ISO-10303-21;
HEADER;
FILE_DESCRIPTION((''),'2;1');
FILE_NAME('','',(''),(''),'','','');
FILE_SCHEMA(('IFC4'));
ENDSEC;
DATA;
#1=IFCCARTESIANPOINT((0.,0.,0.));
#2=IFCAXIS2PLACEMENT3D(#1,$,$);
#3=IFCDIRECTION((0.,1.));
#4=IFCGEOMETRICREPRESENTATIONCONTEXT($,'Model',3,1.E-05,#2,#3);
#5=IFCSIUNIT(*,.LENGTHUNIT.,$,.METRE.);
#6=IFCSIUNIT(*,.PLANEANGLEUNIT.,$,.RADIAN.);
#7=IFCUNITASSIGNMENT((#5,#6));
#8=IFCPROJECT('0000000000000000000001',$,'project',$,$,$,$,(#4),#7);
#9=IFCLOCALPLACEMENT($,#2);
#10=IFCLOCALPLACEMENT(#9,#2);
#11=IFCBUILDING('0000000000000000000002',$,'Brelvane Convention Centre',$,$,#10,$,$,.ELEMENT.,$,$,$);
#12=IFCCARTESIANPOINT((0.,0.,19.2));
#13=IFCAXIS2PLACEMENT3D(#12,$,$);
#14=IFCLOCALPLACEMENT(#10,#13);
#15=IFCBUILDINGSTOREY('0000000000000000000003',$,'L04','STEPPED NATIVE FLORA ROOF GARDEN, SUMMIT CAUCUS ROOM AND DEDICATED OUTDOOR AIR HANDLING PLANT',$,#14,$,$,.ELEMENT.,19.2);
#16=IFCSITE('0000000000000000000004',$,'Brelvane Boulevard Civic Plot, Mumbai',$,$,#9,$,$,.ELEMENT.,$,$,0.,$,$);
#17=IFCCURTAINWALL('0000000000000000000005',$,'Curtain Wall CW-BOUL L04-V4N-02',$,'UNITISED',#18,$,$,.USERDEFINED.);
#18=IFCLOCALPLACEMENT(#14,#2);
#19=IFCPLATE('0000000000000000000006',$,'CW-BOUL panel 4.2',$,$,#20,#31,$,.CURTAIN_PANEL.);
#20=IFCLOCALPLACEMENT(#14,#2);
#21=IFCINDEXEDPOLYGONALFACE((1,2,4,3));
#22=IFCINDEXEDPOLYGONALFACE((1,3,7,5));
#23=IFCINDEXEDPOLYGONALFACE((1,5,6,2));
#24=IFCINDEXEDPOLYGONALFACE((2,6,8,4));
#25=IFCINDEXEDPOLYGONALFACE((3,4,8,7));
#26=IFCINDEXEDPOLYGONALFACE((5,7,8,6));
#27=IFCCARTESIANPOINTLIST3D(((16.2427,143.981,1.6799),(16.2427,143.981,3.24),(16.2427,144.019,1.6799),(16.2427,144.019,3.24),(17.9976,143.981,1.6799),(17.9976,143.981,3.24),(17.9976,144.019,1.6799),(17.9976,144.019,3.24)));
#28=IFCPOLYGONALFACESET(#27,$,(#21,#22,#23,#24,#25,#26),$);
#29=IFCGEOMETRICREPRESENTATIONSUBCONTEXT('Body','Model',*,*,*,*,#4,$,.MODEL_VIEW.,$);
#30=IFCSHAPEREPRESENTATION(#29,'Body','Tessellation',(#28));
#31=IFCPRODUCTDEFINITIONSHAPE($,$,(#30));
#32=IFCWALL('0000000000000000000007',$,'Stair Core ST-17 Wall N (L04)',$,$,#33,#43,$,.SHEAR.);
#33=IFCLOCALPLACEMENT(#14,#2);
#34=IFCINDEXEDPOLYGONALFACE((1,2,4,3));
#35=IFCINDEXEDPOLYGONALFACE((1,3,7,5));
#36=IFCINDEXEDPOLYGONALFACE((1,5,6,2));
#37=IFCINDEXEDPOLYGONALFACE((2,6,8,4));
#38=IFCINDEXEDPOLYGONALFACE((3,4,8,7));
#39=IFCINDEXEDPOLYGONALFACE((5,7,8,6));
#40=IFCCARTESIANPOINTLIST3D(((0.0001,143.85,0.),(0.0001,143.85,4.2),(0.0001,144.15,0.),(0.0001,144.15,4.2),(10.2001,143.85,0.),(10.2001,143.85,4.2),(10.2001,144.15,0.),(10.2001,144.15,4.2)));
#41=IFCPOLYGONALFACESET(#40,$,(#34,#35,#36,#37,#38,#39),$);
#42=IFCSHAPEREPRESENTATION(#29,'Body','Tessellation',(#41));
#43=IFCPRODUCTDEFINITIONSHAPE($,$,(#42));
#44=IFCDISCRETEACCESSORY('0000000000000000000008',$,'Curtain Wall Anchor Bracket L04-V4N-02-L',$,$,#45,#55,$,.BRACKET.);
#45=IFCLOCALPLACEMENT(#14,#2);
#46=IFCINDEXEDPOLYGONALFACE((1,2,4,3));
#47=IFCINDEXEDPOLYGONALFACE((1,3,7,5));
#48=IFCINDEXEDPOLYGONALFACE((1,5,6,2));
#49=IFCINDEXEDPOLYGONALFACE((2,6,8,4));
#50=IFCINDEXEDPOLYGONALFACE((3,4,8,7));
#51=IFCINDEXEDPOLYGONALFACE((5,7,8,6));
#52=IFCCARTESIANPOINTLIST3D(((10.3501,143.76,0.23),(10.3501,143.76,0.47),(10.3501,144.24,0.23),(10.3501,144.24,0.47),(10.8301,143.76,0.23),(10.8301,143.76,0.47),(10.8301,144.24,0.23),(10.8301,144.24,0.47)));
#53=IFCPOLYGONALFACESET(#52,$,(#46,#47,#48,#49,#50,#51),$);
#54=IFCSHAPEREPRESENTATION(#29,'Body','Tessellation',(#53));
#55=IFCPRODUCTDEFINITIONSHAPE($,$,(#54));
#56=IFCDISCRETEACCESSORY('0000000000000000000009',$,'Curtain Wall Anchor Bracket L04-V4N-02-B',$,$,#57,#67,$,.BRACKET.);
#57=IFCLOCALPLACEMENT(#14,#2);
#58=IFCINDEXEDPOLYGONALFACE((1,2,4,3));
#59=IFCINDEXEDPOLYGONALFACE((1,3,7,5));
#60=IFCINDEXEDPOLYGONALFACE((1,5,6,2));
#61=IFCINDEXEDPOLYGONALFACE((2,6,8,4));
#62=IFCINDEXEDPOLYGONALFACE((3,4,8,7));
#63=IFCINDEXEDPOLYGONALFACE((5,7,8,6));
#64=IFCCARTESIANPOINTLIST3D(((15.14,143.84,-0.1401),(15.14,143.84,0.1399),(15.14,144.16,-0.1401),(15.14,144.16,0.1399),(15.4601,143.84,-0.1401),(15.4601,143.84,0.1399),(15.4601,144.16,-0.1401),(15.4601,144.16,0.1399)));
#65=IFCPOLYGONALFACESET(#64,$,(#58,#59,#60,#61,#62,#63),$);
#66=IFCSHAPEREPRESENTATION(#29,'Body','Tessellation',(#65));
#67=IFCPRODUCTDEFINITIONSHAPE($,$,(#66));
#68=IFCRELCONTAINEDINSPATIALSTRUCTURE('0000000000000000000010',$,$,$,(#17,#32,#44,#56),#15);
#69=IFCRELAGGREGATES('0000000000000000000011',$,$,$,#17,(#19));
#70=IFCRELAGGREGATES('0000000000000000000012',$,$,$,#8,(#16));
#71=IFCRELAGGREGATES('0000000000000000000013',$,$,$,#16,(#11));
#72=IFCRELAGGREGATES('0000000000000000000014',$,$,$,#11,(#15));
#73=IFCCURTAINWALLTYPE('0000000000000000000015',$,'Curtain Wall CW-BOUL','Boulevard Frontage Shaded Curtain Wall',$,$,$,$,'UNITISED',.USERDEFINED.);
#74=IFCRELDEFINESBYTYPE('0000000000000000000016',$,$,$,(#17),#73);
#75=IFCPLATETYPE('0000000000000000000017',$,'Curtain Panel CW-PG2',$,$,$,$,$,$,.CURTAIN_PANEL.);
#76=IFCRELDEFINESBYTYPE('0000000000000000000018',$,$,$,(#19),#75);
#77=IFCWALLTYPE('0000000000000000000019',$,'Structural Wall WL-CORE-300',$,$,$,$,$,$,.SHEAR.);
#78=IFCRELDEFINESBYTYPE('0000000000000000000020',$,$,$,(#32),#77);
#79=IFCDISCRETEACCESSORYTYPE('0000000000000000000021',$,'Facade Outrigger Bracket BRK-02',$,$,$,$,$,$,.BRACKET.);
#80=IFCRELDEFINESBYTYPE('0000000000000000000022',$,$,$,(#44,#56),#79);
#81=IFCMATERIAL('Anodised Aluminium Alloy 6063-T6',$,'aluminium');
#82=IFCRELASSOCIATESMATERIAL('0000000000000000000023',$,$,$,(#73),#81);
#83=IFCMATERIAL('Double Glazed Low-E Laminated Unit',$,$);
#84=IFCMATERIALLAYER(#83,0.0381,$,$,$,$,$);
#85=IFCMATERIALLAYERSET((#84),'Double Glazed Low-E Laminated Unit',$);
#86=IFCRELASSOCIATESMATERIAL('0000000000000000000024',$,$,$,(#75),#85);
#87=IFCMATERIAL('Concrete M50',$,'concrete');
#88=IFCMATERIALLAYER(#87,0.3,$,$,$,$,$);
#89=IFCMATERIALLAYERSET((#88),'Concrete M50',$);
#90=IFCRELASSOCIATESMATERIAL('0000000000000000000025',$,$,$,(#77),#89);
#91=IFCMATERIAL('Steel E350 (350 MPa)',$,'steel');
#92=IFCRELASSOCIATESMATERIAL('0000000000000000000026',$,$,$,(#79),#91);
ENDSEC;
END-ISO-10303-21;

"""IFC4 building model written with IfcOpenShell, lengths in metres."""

from ifc_helpers import new_model, si_unit, direction, frame, frame_2d, origin, origin_2d, place, context, subcontext, project, spatial, rectangle, extrude, material, layer, layer_set, type_object, element, aggregate, save


model = new_model("IFC4")

# Units and contexts
model_context = context("Model", 3, precision=1e-05, world=origin(), true_north=direction((0.0, 1.0)))
body_context = subcontext(model_context, "Body", "Model", "MODEL_VIEW")
ifc_project = project(units=[si_unit("LENGTHUNIT", "METRE"), si_unit("PLANEANGLEUNIT", "RADIAN")], contexts=[model_context])

# Site, building, storey
site_placement = place(None, origin())
site = spatial("IfcSite", under=ifc_project, at=site_placement, Name="Brelvane Boulevard Civic Plot, Mumbai", CompositionType="ELEMENT", RefElevation=0.0)
building_placement = place(site_placement, origin())
building = spatial("IfcBuilding", under=site, at=building_placement, Name="Brelvane Convention Centre", CompositionType="ELEMENT")
storey_placement = place(building_placement, frame((0.0, 0.0, 19.2)))
storey = spatial("IfcBuildingStorey", under=building, at=storey_placement, Name="L04", Description="STEPPED NATIVE FLORA ROOF GARDEN, SUMMIT CAUCUS ROOM AND DEDICATED OUTDOOR AIR HANDLING PLANT", CompositionType="ELEMENT", Elevation=19.2)

# Curtain wall
ifc_material_1 = material(Name="Anodised Aluminium Alloy 6063-T6", Category="aluminium")
curtain_wall_type = type_object("IfcCurtainWallType", Name="Curtain Wall CW-BOUL", Description="Boulevard Frontage Shaded Curtain Wall", ElementType="UNITISED", PredefinedType="USERDEFINED", material=ifc_material_1)
curtain_wall_placement = place(storey_placement, origin())
curtain_wall = element("IfcCurtainWall", 1, at=curtain_wall_placement, inside=storey, type_object=curtain_wall_type, Name="Curtain Wall CW-BOUL L04-V4N-02", ObjectType="UNITISED", PredefinedType="USERDEFINED")

# Plate
ifc_material_2 = material(Name="Double Glazed Low-E Laminated Unit")
ifc_layer_1 = layer(ifc_material_2, 0.0381)
ifc_layer_set_1 = layer_set([ifc_layer_1], Name="Double Glazed Low-E Laminated Unit")
plate_type = type_object("IfcPlateType", Name="Curtain Panel CW-PG2", PredefinedType="CURTAIN_PANEL", material=ifc_layer_set_1)
plate_1_placement = place(storey_placement, frame((17.1201, 144.0, 1.6799), z_axis=(0.0, 0.0, 1.0), x_axis=(1.0, 0.0, 0.0)))
plate_1 = element("IfcPlate", 2, at=plate_1_placement, type_object=plate_type, Name="CW-BOUL panel 4.2", PredefinedType="CURTAIN_PANEL", context=body_context, shape_type="SweptSolid", body=[
    extrude(rectangle(XDim=1.7549, YDim=0.0381, at=origin_2d()), origin(), (0.0, 0.0, 1.0), 1.5601),
])
aggregate(curtain_wall, [plate_1])

# Wall
ifc_material_3 = material(Name="Concrete M50", Category="concrete")
ifc_layer_2 = layer(ifc_material_3, 0.3)
ifc_layer_set_2 = layer_set([ifc_layer_2], Name="Concrete M50")
wall_type = type_object("IfcWallType", Name="Structural Wall WL-CORE-300", PredefinedType="SHEAR", material=ifc_layer_set_2)
wall_placement = place(storey_placement, frame((0.0, 144.0, 0.0), z_axis=(0.0, 0.0, 1.0), x_axis=(1.0, 0.0, 0.0)))
element("IfcWall", 3, at=wall_placement, inside=storey, type_object=wall_type, Name="Stair Core ST-17 Wall N (L04)", PredefinedType="SHEAR", context=body_context, shape_type="SweptSolid", body=[
    extrude(rectangle(XDim=10.2, YDim=0.3, at=frame_2d((5.1001, 0.0))), origin(), (0.0, 0.0, 1.0), 4.2),
])

# Discrete accessories
ifc_material_4 = material(Name="Steel E350 (350 MPa)", Category="steel")
discrete_accessory_type = type_object("IfcDiscreteAccessoryType", Name="Facade Outrigger Bracket BRK-02", PredefinedType="BRACKET", material=ifc_material_4)
discrete_accessory_1_placement = place(storey_placement, frame((10.5901, 144.0, 0.23), z_axis=(0.0, 0.0, 1.0), x_axis=(1.0, 0.0, 0.0)))
element("IfcDiscreteAccessory", 4, at=discrete_accessory_1_placement, inside=storey, type_object=discrete_accessory_type, Name="Curtain Wall Anchor Bracket L04-V4N-02-L", PredefinedType="BRACKET", context=body_context, shape_type="SweptSolid", body=[
    extrude(rectangle(XDim=0.48, YDim=0.48, at=origin_2d()), origin(), (0.0, 0.0, 1.0), 0.24),
])
discrete_accessory_2_placement = place(storey_placement, frame((15.3, 144.0, -0.1401), z_axis=(0.0, 0.0, 1.0), x_axis=(1.0, 0.0, 0.0)))
element("IfcDiscreteAccessory", 5, at=discrete_accessory_2_placement, inside=storey, type_object=discrete_accessory_type, Name="Curtain Wall Anchor Bracket L04-V4N-02-B", PredefinedType="BRACKET", context=body_context, shape_type="SweptSolid", body=[
    extrude(rectangle(XDim=0.3201, YDim=0.3201, at=origin_2d()), origin(), (0.0, 0.0, 1.0), 0.28),
])

save(model, "model.ifc")
